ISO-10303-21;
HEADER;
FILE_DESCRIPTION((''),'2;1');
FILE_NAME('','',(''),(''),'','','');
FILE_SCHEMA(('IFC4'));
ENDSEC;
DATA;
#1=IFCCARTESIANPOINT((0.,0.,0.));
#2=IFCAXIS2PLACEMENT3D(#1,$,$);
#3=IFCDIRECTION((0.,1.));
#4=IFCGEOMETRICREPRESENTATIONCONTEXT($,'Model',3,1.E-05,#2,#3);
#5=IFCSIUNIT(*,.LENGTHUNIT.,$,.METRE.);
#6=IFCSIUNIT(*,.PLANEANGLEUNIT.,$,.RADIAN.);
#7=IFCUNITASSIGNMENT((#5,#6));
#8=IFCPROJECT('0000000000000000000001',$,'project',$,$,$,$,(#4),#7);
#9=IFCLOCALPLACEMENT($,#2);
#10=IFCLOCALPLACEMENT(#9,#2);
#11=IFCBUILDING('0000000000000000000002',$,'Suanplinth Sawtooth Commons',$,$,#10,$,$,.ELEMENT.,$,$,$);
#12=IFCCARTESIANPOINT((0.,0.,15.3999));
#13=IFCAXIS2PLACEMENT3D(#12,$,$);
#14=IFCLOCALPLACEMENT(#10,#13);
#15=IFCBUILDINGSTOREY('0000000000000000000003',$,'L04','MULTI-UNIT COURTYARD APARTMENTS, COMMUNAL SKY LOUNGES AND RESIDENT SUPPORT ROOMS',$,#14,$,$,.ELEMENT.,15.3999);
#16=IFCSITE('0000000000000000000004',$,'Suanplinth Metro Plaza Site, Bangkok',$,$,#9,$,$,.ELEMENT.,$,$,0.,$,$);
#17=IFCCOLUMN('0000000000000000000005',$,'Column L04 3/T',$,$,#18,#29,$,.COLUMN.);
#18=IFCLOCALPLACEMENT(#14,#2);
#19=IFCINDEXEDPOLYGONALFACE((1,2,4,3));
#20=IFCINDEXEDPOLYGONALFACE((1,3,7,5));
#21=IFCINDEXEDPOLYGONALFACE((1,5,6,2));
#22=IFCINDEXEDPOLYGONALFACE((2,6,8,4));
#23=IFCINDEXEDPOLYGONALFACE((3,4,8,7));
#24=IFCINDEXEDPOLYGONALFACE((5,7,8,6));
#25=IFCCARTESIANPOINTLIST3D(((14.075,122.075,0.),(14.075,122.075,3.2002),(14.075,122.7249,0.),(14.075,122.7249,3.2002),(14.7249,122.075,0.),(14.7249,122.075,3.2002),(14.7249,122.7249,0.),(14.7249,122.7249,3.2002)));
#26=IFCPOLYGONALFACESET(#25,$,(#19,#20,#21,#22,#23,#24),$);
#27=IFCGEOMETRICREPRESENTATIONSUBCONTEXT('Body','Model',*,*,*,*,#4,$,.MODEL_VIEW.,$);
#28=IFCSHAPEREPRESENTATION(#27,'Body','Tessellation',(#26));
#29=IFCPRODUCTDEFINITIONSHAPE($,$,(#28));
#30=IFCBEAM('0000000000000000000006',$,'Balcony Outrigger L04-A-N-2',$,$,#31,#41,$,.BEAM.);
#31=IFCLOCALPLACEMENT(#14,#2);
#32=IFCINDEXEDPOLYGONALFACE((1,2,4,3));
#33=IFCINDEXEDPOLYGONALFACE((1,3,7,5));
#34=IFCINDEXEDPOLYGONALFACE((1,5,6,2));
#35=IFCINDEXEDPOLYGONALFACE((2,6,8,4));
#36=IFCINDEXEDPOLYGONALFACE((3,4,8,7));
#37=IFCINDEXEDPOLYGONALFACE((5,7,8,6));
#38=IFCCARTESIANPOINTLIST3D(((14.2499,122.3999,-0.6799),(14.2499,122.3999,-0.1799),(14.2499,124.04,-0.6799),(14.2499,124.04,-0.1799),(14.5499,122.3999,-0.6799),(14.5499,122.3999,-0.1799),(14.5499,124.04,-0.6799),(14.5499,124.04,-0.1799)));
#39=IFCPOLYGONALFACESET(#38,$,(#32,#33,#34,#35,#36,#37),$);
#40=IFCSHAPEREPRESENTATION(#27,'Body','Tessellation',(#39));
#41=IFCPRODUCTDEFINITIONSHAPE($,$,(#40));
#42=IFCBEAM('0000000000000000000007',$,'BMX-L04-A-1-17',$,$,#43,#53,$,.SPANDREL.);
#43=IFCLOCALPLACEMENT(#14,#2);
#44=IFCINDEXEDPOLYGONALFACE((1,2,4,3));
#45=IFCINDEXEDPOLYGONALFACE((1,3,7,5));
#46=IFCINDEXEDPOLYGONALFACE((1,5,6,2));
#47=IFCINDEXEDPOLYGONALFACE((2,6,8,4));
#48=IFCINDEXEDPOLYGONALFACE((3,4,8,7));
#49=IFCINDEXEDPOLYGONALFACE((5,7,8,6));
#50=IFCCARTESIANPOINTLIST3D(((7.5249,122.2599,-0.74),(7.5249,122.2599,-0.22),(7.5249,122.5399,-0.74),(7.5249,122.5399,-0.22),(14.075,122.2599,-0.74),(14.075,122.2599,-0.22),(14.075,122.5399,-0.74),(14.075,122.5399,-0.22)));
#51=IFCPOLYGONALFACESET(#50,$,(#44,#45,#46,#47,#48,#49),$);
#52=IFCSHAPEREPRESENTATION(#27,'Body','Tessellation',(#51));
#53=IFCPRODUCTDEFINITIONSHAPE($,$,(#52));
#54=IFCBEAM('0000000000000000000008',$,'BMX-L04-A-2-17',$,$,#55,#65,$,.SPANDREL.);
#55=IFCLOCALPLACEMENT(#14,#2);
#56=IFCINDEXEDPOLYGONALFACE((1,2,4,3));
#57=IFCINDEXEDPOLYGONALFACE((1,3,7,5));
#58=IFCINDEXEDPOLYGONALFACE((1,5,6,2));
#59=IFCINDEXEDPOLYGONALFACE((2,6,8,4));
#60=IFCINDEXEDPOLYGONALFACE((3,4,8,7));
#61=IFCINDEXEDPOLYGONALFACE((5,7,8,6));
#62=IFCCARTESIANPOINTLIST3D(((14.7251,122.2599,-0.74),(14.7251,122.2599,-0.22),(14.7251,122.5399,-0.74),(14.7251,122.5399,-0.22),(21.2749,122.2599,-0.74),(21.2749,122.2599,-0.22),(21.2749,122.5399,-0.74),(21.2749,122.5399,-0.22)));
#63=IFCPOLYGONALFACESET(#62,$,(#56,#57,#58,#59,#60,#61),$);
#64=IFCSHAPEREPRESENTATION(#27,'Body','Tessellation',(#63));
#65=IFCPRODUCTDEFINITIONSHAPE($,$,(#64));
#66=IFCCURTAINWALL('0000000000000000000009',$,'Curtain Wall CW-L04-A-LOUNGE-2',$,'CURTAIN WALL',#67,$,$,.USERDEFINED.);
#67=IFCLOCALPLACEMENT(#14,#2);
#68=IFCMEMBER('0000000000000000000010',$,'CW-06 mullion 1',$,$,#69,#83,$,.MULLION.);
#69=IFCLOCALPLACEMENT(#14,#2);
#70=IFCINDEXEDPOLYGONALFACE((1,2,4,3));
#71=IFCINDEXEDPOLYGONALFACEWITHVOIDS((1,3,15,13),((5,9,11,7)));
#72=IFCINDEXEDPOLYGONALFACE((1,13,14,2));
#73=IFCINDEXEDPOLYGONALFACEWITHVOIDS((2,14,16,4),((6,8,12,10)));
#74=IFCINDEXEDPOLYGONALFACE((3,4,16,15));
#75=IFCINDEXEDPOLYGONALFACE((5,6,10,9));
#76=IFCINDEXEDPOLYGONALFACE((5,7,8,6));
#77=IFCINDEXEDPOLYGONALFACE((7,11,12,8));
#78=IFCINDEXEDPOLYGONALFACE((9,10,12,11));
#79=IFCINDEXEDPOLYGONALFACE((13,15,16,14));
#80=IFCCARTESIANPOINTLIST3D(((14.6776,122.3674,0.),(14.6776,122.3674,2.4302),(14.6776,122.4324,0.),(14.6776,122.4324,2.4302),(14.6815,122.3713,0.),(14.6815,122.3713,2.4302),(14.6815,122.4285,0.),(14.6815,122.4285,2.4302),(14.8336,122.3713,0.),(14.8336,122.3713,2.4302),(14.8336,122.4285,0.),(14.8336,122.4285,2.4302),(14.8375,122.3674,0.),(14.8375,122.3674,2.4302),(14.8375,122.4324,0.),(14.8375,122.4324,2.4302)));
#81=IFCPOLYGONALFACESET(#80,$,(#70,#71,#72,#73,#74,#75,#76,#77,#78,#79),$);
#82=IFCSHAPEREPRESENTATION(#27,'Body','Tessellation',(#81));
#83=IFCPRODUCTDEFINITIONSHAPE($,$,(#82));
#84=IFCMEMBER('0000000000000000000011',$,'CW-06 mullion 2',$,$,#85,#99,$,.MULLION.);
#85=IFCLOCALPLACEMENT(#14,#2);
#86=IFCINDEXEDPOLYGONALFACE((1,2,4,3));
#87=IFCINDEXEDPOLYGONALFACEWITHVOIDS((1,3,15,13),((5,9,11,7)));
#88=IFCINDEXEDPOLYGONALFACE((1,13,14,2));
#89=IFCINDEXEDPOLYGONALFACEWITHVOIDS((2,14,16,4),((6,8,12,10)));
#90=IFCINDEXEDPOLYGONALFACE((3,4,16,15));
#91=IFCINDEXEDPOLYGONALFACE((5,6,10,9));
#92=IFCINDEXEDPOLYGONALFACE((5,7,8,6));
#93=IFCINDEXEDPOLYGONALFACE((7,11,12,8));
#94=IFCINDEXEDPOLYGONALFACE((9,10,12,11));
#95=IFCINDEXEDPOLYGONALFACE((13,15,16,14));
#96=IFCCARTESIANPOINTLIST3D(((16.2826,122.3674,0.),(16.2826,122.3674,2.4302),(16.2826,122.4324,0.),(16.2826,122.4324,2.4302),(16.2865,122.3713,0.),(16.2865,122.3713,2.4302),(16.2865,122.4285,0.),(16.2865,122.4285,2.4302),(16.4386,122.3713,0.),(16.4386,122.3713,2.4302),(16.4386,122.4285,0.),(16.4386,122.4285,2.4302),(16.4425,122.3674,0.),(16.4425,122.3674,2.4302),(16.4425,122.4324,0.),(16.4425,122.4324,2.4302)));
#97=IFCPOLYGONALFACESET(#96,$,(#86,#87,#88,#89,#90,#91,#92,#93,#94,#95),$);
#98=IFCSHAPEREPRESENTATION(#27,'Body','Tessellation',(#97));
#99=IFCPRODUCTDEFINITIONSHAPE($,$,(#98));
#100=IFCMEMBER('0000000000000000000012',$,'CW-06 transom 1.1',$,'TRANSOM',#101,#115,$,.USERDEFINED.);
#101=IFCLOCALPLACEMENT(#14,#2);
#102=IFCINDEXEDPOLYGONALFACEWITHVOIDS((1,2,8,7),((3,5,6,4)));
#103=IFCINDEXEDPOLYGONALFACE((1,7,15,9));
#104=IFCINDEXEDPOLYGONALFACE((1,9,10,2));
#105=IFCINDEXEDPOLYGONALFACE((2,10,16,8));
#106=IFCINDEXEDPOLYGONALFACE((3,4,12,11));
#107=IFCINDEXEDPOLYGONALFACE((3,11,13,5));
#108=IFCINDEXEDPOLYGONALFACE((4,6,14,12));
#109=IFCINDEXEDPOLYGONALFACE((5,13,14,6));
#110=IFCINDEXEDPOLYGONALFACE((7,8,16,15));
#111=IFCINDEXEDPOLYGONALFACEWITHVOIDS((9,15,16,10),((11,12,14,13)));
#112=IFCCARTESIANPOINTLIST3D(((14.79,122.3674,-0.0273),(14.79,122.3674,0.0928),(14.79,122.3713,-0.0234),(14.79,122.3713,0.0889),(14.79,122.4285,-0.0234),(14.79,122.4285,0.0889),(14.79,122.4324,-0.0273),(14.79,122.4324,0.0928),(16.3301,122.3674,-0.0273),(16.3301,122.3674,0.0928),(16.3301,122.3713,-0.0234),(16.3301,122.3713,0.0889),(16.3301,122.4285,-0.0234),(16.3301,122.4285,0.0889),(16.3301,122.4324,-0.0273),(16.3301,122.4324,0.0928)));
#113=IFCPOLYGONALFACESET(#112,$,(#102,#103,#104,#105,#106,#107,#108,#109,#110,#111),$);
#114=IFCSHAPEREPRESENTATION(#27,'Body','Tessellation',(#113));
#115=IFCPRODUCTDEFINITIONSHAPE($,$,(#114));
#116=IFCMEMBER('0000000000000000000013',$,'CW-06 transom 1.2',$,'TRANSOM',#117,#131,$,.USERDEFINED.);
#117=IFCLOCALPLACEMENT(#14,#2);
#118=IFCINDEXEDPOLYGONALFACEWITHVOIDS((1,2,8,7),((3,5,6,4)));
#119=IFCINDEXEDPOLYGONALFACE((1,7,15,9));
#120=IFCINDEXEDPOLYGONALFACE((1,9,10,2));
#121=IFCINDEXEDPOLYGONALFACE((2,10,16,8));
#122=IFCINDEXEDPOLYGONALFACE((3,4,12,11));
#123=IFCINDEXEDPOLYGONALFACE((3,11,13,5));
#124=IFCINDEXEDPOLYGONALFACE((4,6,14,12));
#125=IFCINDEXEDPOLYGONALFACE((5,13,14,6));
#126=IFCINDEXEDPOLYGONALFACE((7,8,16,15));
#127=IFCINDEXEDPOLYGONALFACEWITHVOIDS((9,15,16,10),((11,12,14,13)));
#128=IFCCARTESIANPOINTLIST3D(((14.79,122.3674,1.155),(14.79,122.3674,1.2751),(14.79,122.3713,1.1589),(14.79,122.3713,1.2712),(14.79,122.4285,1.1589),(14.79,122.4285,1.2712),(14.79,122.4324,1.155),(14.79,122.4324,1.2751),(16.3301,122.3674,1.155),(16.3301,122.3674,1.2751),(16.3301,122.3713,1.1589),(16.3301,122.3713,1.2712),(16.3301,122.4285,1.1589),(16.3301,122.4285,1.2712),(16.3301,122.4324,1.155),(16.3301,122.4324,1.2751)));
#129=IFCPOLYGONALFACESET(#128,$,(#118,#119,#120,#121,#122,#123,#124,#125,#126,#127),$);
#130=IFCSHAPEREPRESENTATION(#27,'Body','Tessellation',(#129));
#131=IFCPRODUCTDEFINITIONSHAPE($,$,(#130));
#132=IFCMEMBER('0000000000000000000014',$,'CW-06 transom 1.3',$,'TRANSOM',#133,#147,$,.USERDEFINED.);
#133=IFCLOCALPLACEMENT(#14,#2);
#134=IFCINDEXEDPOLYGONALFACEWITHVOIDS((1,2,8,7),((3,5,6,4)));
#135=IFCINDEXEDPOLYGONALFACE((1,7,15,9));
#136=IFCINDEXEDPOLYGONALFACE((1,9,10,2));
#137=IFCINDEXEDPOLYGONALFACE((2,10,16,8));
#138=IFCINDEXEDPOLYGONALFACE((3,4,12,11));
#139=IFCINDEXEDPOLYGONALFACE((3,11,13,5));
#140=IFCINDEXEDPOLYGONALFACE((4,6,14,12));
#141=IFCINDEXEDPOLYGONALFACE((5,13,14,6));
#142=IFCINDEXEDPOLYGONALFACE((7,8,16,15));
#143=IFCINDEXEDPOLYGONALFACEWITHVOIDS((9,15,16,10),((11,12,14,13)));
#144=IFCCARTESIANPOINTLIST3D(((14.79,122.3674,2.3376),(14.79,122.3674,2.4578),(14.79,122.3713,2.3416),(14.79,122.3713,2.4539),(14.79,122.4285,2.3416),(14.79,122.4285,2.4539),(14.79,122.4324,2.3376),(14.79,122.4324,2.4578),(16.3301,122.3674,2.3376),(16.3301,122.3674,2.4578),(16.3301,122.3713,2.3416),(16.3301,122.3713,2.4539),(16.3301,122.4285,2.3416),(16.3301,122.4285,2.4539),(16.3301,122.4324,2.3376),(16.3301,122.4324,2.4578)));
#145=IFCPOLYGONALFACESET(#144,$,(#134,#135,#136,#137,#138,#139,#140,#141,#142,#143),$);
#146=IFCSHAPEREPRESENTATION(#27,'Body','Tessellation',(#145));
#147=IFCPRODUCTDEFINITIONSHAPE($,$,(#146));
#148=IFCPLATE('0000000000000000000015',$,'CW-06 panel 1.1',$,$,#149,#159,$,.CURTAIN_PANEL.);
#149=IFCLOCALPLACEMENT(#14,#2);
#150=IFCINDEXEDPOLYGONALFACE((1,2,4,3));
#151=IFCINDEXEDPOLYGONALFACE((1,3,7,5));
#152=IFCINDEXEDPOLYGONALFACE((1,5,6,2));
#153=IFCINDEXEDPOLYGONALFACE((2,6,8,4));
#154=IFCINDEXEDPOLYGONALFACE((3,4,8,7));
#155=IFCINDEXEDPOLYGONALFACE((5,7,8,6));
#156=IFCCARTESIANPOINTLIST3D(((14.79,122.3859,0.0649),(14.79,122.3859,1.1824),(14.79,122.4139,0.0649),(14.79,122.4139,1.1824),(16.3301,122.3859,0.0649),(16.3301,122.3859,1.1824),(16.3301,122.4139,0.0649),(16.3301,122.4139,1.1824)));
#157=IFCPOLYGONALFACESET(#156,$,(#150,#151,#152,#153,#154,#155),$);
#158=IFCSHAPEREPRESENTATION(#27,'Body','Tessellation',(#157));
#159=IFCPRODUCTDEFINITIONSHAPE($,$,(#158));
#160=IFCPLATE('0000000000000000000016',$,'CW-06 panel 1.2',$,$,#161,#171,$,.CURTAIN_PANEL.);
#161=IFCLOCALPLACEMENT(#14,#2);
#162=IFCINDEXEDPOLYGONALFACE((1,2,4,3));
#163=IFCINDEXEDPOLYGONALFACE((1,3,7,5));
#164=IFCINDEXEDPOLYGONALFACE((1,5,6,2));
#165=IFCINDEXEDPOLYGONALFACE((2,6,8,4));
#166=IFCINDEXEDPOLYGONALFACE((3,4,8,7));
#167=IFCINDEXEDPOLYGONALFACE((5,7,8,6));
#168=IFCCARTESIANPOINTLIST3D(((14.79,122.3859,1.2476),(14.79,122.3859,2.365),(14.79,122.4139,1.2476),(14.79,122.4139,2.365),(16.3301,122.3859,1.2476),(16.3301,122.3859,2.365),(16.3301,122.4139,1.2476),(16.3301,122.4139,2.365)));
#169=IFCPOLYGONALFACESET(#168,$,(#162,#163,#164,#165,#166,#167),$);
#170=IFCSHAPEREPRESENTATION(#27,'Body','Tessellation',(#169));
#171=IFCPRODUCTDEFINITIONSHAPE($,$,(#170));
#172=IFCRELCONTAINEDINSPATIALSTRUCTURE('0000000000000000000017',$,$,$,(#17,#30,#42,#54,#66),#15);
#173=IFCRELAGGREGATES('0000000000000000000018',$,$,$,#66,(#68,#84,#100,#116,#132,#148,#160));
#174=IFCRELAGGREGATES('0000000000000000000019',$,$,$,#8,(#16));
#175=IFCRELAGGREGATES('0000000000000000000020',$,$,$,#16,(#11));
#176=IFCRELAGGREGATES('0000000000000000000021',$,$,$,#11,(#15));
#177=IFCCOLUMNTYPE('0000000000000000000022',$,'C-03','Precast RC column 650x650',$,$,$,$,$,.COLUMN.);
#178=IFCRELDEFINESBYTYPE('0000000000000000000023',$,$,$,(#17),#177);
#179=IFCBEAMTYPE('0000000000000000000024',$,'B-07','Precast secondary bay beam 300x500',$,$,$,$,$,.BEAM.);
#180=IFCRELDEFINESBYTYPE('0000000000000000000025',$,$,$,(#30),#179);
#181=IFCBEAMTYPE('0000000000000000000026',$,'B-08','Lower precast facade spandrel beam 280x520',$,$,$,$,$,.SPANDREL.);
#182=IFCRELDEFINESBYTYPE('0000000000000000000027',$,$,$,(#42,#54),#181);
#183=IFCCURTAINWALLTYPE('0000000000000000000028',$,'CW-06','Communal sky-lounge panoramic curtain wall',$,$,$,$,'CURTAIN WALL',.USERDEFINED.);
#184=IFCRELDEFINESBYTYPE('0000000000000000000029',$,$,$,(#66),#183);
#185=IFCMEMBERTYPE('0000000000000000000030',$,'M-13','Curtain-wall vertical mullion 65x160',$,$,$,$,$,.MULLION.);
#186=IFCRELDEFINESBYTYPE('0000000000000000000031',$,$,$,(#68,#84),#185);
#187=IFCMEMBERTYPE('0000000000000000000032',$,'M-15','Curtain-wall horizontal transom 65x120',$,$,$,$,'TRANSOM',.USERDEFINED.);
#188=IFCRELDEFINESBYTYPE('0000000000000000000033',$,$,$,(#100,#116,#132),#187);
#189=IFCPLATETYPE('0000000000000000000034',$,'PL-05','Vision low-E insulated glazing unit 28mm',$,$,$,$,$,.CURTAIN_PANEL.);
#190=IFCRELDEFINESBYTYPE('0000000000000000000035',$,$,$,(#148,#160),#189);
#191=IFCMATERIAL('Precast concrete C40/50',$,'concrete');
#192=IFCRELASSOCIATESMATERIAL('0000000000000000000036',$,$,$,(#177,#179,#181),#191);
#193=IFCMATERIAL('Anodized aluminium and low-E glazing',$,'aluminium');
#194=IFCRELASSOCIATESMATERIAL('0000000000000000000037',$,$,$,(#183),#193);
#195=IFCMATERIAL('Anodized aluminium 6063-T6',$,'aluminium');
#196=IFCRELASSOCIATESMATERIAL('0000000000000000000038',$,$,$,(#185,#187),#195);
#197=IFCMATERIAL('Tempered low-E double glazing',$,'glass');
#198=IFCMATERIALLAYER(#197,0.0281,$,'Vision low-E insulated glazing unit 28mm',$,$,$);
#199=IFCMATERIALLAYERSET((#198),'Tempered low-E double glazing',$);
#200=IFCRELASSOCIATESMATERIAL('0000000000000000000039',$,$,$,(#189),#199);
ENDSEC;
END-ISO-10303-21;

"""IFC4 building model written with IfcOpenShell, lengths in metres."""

from ifc_helpers import new_model, si_unit, direction, frame, origin, origin_2d, place, context, subcontext, project, spatial, rectangle, hollow_rectangle, extrude, material, layer, layer_set, material_profile, profile_set, type_object, element, aggregate, save


model = new_model("IFC4")

# Units and contexts
model_context = context("Model", 3, precision=1e-05, world=origin(), true_north=direction((0.0, 1.0)))
body_context = subcontext(model_context, "Body", "Model", "MODEL_VIEW")
ifc_project = project(units=[si_unit("LENGTHUNIT", "METRE"), si_unit("PLANEANGLEUNIT", "RADIAN")], contexts=[model_context])

# Site, building, storey
site_placement = place(None, origin())
site = spatial("IfcSite", under=ifc_project, at=site_placement, Name="Suanplinth Metro Plaza Site, Bangkok", CompositionType="ELEMENT", RefElevation=0.0)
building_placement = place(site_placement, origin())
building = spatial("IfcBuilding", under=site, at=building_placement, Name="Suanplinth Sawtooth Commons", CompositionType="ELEMENT")
storey_placement = place(building_placement, frame((0.0, 0.0, 15.3999)))
storey = spatial("IfcBuildingStorey", under=building, at=storey_placement, Name="L04", Description="MULTI-UNIT COURTYARD APARTMENTS, COMMUNAL SKY LOUNGES AND RESIDENT SUPPORT ROOMS", CompositionType="ELEMENT", Elevation=15.3999)

# Column
ifc_material_1 = material(Name="Precast concrete C40/50", Category="concrete")
ifc_material_profile_1 = material_profile(ifc_material_1, rectangle(XDim=0.6499, YDim=0.6499, at=origin_2d()), Name="PC-COL 650x650")
ifc_profile_set_1 = profile_set([ifc_material_profile_1], Name="Precast concrete C40/50")
column_type = type_object("IfcColumnType", Name="C-03", Description="Precast RC column 650x650", PredefinedType="COLUMN", material=ifc_profile_set_1)
column_placement = place(storey_placement, frame((14.3999, 122.3999, 0.0), z_axis=(0.0, 0.0, 1.0), x_axis=(1.0, 0.0, 0.0)))
element("IfcColumn", 1, at=column_placement, inside=storey, type_object=column_type, Name="Column L04 3/T", PredefinedType="COLUMN", context=body_context, shape_type="SweptSolid", body=[
    extrude(rectangle(XDim=0.6499, YDim=0.6499, at=origin_2d()), origin(), (0.0, 0.0, 1.0), 3.2002),
])

# Beams
ifc_material_profile_2 = material_profile(ifc_material_1, rectangle(XDim=0.3, YDim=0.5, at=origin_2d()), Name="PC-BM 300x500")
ifc_profile_set_2 = profile_set([ifc_material_profile_2], Name="Precast concrete C40/50")
beam_type_1 = type_object("IfcBeamType", Name="B-07", Description="Precast secondary bay beam 300x500", PredefinedType="BEAM", material=ifc_profile_set_2)
beam_1_placement = place(storey_placement, frame((14.3999, 122.3999, -0.4299), z_axis=(0.0, 1.0, 0.0), x_axis=(-1.0, 0.0, 0.0)))
element("IfcBeam", 2, at=beam_1_placement, inside=storey, type_object=beam_type_1, Name="Balcony Outrigger L04-A-N-2", PredefinedType="BEAM", context=body_context, shape_type="SweptSolid", body=[
    extrude(rectangle(XDim=0.3, YDim=0.5, at=origin_2d()), origin(), (0.0, 0.0, 1.0), 1.6401),
])
ifc_material_profile_3 = material_profile(ifc_material_1, rectangle(XDim=0.28, YDim=0.52, at=origin_2d()), Name="PC-SP 280x520")
ifc_profile_set_3 = profile_set([ifc_material_profile_3], Name="Precast concrete C40/50")
beam_type_2 = type_object("IfcBeamType", Name="B-08", Description="Lower precast facade spandrel beam 280x520", PredefinedType="SPANDREL", material=ifc_profile_set_3)
beam_2_placement = place(storey_placement, frame((7.5249, 122.3999, -0.48), z_axis=(1.0, 0.0, 0.0), x_axis=(0.0, 1.0, 0.0)))
element("IfcBeam", 3, at=beam_2_placement, inside=storey, type_object=beam_type_2, Name="BMX-L04-A-1-17", PredefinedType="SPANDREL", context=body_context, shape_type="SweptSolid", body=[
    extrude(rectangle(XDim=0.28, YDim=0.52, at=origin_2d()), origin(), (0.0, 0.0, 1.0), 6.55),
])
beam_3_placement = place(storey_placement, frame((14.7251, 122.3999, -0.48), z_axis=(1.0, 0.0, 0.0), x_axis=(0.0, 1.0, 0.0)))
element("IfcBeam", 4, at=beam_3_placement, inside=storey, type_object=beam_type_2, Name="BMX-L04-A-2-17", PredefinedType="SPANDREL", context=body_context, shape_type="SweptSolid", body=[
    extrude(rectangle(XDim=0.28, YDim=0.52, at=origin_2d()), origin(), (0.0, 0.0, 1.0), 6.5498),
])

# Curtain wall, members, plates
ifc_material_2 = material(Name="Anodized aluminium and low-E glazing", Category="aluminium")
curtain_wall_type = type_object("IfcCurtainWallType", Name="CW-06", Description="Communal sky-lounge panoramic curtain wall", ElementType="CURTAIN WALL", PredefinedType="USERDEFINED", material=ifc_material_2)
curtain_wall_placement = place(storey_placement, origin())
curtain_wall = element("IfcCurtainWall", 5, at=curtain_wall_placement, inside=storey, type_object=curtain_wall_type, Name="Curtain Wall CW-L04-A-LOUNGE-2", ObjectType="CURTAIN WALL", PredefinedType="USERDEFINED")
ifc_material_3 = material(Name="Anodized aluminium 6063-T6", Category="aluminium")
ifc_material_profile_4 = material_profile(ifc_material_3, hollow_rectangle(XDim=0.0649, YDim=0.1599, WallThickness=0.0039, at=origin_2d()), Name="ALU-MUL 65x160")
ifc_profile_set_4 = profile_set([ifc_material_profile_4], Name="Anodized aluminium 6063-T6")
member_type_1 = type_object("IfcMemberType", Name="M-13", Description="Curtain-wall vertical mullion 65x160", PredefinedType="MULLION", material=ifc_profile_set_4)
member_1_placement = place(storey_placement, frame((14.7576, 122.3999, 0.0), z_axis=(0.0, 0.0, 1.0), x_axis=(0.0, 1.0, 0.0)))
member_1 = element("IfcMember", 6, at=member_1_placement, type_object=member_type_1, Name="CW-06 mullion 1", PredefinedType="MULLION", context=body_context, shape_type="SweptSolid", body=[
    extrude(hollow_rectangle(XDim=0.0649, YDim=0.1599, WallThickness=0.0039, at=origin_2d()), origin(), (0.0, 0.0, 1.0), 2.4302),
])
member_2_placement = place(storey_placement, frame((16.3625, 122.3999, 0.0), z_axis=(0.0, 0.0, 1.0), x_axis=(0.0, 1.0, 0.0)))
member_2 = element("IfcMember", 7, at=member_2_placement, type_object=member_type_1, Name="CW-06 mullion 2", PredefinedType="MULLION", context=body_context, shape_type="SweptSolid", body=[
    extrude(hollow_rectangle(XDim=0.0649, YDim=0.1599, WallThickness=0.0039, at=origin_2d()), origin(), (0.0, 0.0, 1.0), 2.4302),
])
ifc_material_profile_5 = material_profile(ifc_material_3, hollow_rectangle(XDim=0.0649, YDim=0.1201, WallThickness=0.0039, at=origin_2d()), Name="ALU-TRN 65x120")
ifc_profile_set_5 = profile_set([ifc_material_profile_5], Name="Anodized aluminium 6063-T6")
member_type_2 = type_object("IfcMemberType", Name="M-15", Description="Curtain-wall horizontal transom 65x120", ElementType="TRANSOM", PredefinedType="USERDEFINED", material=ifc_profile_set_5)
member_3_placement = place(storey_placement, frame((14.79, 122.3999, 0.0327), z_axis=(1.0, 0.0, 0.0), x_axis=(0.0, 1.0, 0.0)))
member_3 = element("IfcMember", 8, at=member_3_placement, type_object=member_type_2, Name="CW-06 transom 1.1", ObjectType="TRANSOM", PredefinedType="USERDEFINED", context=body_context, shape_type="SweptSolid", body=[
    extrude(hollow_rectangle(XDim=0.0649, YDim=0.1201, WallThickness=0.0039, at=origin_2d()), origin(), (0.0, 0.0, 1.0), 1.54),
])
member_4_placement = place(storey_placement, frame((14.79, 122.3999, 1.2151), z_axis=(1.0, 0.0, 0.0), x_axis=(0.0, 1.0, 0.0)))
member_4 = element("IfcMember", 9, at=member_4_placement, type_object=member_type_2, Name="CW-06 transom 1.2", ObjectType="TRANSOM", PredefinedType="USERDEFINED", context=body_context, shape_type="SweptSolid", body=[
    extrude(hollow_rectangle(XDim=0.0649, YDim=0.1201, WallThickness=0.0039, at=origin_2d()), origin(), (0.0, 0.0, 1.0), 1.54),
])
member_5_placement = place(storey_placement, frame((14.79, 122.3999, 2.3977), z_axis=(1.0, 0.0, 0.0), x_axis=(0.0, 1.0, 0.0)))
member_5 = element("IfcMember", 10, at=member_5_placement, type_object=member_type_2, Name="CW-06 transom 1.3", ObjectType="TRANSOM", PredefinedType="USERDEFINED", context=body_context, shape_type="SweptSolid", body=[
    extrude(hollow_rectangle(XDim=0.0649, YDim=0.1201, WallThickness=0.0039, at=origin_2d()), origin(), (0.0, 0.0, 1.0), 1.54),
])
ifc_material_4 = material(Name="Tempered low-E double glazing", Category="glass")
ifc_layer_1 = layer(ifc_material_4, 0.0281, Name="Vision low-E insulated glazing unit 28mm")
ifc_layer_set_1 = layer_set([ifc_layer_1], Name="Tempered low-E double glazing")
plate_type = type_object("IfcPlateType", Name="PL-05", Description="Vision low-E insulated glazing unit 28mm", PredefinedType="CURTAIN_PANEL", material=ifc_layer_set_1)
plate_1_placement = place(storey_placement, frame((15.5601, 122.3999, 0.0649), z_axis=(0.0, 0.0, 1.0), x_axis=(1.0, 0.0, 0.0)))
plate_1 = element("IfcPlate", 11, at=plate_1_placement, type_object=plate_type, Name="CW-06 panel 1.1", PredefinedType="CURTAIN_PANEL", context=body_context, shape_type="SweptSolid", body=[
    extrude(rectangle(XDim=1.54, YDim=0.0281, at=origin_2d()), origin(), (0.0, 0.0, 1.0), 1.1174),
])
plate_2_placement = place(storey_placement, frame((15.5601, 122.3999, 1.2476), z_axis=(0.0, 0.0, 1.0), x_axis=(1.0, 0.0, 0.0)))
plate_2 = element("IfcPlate", 12, at=plate_2_placement, type_object=plate_type, Name="CW-06 panel 1.2", PredefinedType="CURTAIN_PANEL", context=body_context, shape_type="SweptSolid", body=[
    extrude(rectangle(XDim=1.54, YDim=0.0281, at=origin_2d()), origin(), (0.0, 0.0, 1.0), 1.1174),
])
aggregate(curtain_wall, [member_1, member_2, member_3, member_4, member_5, plate_1, plate_2])

save(model, "model.ifc")
